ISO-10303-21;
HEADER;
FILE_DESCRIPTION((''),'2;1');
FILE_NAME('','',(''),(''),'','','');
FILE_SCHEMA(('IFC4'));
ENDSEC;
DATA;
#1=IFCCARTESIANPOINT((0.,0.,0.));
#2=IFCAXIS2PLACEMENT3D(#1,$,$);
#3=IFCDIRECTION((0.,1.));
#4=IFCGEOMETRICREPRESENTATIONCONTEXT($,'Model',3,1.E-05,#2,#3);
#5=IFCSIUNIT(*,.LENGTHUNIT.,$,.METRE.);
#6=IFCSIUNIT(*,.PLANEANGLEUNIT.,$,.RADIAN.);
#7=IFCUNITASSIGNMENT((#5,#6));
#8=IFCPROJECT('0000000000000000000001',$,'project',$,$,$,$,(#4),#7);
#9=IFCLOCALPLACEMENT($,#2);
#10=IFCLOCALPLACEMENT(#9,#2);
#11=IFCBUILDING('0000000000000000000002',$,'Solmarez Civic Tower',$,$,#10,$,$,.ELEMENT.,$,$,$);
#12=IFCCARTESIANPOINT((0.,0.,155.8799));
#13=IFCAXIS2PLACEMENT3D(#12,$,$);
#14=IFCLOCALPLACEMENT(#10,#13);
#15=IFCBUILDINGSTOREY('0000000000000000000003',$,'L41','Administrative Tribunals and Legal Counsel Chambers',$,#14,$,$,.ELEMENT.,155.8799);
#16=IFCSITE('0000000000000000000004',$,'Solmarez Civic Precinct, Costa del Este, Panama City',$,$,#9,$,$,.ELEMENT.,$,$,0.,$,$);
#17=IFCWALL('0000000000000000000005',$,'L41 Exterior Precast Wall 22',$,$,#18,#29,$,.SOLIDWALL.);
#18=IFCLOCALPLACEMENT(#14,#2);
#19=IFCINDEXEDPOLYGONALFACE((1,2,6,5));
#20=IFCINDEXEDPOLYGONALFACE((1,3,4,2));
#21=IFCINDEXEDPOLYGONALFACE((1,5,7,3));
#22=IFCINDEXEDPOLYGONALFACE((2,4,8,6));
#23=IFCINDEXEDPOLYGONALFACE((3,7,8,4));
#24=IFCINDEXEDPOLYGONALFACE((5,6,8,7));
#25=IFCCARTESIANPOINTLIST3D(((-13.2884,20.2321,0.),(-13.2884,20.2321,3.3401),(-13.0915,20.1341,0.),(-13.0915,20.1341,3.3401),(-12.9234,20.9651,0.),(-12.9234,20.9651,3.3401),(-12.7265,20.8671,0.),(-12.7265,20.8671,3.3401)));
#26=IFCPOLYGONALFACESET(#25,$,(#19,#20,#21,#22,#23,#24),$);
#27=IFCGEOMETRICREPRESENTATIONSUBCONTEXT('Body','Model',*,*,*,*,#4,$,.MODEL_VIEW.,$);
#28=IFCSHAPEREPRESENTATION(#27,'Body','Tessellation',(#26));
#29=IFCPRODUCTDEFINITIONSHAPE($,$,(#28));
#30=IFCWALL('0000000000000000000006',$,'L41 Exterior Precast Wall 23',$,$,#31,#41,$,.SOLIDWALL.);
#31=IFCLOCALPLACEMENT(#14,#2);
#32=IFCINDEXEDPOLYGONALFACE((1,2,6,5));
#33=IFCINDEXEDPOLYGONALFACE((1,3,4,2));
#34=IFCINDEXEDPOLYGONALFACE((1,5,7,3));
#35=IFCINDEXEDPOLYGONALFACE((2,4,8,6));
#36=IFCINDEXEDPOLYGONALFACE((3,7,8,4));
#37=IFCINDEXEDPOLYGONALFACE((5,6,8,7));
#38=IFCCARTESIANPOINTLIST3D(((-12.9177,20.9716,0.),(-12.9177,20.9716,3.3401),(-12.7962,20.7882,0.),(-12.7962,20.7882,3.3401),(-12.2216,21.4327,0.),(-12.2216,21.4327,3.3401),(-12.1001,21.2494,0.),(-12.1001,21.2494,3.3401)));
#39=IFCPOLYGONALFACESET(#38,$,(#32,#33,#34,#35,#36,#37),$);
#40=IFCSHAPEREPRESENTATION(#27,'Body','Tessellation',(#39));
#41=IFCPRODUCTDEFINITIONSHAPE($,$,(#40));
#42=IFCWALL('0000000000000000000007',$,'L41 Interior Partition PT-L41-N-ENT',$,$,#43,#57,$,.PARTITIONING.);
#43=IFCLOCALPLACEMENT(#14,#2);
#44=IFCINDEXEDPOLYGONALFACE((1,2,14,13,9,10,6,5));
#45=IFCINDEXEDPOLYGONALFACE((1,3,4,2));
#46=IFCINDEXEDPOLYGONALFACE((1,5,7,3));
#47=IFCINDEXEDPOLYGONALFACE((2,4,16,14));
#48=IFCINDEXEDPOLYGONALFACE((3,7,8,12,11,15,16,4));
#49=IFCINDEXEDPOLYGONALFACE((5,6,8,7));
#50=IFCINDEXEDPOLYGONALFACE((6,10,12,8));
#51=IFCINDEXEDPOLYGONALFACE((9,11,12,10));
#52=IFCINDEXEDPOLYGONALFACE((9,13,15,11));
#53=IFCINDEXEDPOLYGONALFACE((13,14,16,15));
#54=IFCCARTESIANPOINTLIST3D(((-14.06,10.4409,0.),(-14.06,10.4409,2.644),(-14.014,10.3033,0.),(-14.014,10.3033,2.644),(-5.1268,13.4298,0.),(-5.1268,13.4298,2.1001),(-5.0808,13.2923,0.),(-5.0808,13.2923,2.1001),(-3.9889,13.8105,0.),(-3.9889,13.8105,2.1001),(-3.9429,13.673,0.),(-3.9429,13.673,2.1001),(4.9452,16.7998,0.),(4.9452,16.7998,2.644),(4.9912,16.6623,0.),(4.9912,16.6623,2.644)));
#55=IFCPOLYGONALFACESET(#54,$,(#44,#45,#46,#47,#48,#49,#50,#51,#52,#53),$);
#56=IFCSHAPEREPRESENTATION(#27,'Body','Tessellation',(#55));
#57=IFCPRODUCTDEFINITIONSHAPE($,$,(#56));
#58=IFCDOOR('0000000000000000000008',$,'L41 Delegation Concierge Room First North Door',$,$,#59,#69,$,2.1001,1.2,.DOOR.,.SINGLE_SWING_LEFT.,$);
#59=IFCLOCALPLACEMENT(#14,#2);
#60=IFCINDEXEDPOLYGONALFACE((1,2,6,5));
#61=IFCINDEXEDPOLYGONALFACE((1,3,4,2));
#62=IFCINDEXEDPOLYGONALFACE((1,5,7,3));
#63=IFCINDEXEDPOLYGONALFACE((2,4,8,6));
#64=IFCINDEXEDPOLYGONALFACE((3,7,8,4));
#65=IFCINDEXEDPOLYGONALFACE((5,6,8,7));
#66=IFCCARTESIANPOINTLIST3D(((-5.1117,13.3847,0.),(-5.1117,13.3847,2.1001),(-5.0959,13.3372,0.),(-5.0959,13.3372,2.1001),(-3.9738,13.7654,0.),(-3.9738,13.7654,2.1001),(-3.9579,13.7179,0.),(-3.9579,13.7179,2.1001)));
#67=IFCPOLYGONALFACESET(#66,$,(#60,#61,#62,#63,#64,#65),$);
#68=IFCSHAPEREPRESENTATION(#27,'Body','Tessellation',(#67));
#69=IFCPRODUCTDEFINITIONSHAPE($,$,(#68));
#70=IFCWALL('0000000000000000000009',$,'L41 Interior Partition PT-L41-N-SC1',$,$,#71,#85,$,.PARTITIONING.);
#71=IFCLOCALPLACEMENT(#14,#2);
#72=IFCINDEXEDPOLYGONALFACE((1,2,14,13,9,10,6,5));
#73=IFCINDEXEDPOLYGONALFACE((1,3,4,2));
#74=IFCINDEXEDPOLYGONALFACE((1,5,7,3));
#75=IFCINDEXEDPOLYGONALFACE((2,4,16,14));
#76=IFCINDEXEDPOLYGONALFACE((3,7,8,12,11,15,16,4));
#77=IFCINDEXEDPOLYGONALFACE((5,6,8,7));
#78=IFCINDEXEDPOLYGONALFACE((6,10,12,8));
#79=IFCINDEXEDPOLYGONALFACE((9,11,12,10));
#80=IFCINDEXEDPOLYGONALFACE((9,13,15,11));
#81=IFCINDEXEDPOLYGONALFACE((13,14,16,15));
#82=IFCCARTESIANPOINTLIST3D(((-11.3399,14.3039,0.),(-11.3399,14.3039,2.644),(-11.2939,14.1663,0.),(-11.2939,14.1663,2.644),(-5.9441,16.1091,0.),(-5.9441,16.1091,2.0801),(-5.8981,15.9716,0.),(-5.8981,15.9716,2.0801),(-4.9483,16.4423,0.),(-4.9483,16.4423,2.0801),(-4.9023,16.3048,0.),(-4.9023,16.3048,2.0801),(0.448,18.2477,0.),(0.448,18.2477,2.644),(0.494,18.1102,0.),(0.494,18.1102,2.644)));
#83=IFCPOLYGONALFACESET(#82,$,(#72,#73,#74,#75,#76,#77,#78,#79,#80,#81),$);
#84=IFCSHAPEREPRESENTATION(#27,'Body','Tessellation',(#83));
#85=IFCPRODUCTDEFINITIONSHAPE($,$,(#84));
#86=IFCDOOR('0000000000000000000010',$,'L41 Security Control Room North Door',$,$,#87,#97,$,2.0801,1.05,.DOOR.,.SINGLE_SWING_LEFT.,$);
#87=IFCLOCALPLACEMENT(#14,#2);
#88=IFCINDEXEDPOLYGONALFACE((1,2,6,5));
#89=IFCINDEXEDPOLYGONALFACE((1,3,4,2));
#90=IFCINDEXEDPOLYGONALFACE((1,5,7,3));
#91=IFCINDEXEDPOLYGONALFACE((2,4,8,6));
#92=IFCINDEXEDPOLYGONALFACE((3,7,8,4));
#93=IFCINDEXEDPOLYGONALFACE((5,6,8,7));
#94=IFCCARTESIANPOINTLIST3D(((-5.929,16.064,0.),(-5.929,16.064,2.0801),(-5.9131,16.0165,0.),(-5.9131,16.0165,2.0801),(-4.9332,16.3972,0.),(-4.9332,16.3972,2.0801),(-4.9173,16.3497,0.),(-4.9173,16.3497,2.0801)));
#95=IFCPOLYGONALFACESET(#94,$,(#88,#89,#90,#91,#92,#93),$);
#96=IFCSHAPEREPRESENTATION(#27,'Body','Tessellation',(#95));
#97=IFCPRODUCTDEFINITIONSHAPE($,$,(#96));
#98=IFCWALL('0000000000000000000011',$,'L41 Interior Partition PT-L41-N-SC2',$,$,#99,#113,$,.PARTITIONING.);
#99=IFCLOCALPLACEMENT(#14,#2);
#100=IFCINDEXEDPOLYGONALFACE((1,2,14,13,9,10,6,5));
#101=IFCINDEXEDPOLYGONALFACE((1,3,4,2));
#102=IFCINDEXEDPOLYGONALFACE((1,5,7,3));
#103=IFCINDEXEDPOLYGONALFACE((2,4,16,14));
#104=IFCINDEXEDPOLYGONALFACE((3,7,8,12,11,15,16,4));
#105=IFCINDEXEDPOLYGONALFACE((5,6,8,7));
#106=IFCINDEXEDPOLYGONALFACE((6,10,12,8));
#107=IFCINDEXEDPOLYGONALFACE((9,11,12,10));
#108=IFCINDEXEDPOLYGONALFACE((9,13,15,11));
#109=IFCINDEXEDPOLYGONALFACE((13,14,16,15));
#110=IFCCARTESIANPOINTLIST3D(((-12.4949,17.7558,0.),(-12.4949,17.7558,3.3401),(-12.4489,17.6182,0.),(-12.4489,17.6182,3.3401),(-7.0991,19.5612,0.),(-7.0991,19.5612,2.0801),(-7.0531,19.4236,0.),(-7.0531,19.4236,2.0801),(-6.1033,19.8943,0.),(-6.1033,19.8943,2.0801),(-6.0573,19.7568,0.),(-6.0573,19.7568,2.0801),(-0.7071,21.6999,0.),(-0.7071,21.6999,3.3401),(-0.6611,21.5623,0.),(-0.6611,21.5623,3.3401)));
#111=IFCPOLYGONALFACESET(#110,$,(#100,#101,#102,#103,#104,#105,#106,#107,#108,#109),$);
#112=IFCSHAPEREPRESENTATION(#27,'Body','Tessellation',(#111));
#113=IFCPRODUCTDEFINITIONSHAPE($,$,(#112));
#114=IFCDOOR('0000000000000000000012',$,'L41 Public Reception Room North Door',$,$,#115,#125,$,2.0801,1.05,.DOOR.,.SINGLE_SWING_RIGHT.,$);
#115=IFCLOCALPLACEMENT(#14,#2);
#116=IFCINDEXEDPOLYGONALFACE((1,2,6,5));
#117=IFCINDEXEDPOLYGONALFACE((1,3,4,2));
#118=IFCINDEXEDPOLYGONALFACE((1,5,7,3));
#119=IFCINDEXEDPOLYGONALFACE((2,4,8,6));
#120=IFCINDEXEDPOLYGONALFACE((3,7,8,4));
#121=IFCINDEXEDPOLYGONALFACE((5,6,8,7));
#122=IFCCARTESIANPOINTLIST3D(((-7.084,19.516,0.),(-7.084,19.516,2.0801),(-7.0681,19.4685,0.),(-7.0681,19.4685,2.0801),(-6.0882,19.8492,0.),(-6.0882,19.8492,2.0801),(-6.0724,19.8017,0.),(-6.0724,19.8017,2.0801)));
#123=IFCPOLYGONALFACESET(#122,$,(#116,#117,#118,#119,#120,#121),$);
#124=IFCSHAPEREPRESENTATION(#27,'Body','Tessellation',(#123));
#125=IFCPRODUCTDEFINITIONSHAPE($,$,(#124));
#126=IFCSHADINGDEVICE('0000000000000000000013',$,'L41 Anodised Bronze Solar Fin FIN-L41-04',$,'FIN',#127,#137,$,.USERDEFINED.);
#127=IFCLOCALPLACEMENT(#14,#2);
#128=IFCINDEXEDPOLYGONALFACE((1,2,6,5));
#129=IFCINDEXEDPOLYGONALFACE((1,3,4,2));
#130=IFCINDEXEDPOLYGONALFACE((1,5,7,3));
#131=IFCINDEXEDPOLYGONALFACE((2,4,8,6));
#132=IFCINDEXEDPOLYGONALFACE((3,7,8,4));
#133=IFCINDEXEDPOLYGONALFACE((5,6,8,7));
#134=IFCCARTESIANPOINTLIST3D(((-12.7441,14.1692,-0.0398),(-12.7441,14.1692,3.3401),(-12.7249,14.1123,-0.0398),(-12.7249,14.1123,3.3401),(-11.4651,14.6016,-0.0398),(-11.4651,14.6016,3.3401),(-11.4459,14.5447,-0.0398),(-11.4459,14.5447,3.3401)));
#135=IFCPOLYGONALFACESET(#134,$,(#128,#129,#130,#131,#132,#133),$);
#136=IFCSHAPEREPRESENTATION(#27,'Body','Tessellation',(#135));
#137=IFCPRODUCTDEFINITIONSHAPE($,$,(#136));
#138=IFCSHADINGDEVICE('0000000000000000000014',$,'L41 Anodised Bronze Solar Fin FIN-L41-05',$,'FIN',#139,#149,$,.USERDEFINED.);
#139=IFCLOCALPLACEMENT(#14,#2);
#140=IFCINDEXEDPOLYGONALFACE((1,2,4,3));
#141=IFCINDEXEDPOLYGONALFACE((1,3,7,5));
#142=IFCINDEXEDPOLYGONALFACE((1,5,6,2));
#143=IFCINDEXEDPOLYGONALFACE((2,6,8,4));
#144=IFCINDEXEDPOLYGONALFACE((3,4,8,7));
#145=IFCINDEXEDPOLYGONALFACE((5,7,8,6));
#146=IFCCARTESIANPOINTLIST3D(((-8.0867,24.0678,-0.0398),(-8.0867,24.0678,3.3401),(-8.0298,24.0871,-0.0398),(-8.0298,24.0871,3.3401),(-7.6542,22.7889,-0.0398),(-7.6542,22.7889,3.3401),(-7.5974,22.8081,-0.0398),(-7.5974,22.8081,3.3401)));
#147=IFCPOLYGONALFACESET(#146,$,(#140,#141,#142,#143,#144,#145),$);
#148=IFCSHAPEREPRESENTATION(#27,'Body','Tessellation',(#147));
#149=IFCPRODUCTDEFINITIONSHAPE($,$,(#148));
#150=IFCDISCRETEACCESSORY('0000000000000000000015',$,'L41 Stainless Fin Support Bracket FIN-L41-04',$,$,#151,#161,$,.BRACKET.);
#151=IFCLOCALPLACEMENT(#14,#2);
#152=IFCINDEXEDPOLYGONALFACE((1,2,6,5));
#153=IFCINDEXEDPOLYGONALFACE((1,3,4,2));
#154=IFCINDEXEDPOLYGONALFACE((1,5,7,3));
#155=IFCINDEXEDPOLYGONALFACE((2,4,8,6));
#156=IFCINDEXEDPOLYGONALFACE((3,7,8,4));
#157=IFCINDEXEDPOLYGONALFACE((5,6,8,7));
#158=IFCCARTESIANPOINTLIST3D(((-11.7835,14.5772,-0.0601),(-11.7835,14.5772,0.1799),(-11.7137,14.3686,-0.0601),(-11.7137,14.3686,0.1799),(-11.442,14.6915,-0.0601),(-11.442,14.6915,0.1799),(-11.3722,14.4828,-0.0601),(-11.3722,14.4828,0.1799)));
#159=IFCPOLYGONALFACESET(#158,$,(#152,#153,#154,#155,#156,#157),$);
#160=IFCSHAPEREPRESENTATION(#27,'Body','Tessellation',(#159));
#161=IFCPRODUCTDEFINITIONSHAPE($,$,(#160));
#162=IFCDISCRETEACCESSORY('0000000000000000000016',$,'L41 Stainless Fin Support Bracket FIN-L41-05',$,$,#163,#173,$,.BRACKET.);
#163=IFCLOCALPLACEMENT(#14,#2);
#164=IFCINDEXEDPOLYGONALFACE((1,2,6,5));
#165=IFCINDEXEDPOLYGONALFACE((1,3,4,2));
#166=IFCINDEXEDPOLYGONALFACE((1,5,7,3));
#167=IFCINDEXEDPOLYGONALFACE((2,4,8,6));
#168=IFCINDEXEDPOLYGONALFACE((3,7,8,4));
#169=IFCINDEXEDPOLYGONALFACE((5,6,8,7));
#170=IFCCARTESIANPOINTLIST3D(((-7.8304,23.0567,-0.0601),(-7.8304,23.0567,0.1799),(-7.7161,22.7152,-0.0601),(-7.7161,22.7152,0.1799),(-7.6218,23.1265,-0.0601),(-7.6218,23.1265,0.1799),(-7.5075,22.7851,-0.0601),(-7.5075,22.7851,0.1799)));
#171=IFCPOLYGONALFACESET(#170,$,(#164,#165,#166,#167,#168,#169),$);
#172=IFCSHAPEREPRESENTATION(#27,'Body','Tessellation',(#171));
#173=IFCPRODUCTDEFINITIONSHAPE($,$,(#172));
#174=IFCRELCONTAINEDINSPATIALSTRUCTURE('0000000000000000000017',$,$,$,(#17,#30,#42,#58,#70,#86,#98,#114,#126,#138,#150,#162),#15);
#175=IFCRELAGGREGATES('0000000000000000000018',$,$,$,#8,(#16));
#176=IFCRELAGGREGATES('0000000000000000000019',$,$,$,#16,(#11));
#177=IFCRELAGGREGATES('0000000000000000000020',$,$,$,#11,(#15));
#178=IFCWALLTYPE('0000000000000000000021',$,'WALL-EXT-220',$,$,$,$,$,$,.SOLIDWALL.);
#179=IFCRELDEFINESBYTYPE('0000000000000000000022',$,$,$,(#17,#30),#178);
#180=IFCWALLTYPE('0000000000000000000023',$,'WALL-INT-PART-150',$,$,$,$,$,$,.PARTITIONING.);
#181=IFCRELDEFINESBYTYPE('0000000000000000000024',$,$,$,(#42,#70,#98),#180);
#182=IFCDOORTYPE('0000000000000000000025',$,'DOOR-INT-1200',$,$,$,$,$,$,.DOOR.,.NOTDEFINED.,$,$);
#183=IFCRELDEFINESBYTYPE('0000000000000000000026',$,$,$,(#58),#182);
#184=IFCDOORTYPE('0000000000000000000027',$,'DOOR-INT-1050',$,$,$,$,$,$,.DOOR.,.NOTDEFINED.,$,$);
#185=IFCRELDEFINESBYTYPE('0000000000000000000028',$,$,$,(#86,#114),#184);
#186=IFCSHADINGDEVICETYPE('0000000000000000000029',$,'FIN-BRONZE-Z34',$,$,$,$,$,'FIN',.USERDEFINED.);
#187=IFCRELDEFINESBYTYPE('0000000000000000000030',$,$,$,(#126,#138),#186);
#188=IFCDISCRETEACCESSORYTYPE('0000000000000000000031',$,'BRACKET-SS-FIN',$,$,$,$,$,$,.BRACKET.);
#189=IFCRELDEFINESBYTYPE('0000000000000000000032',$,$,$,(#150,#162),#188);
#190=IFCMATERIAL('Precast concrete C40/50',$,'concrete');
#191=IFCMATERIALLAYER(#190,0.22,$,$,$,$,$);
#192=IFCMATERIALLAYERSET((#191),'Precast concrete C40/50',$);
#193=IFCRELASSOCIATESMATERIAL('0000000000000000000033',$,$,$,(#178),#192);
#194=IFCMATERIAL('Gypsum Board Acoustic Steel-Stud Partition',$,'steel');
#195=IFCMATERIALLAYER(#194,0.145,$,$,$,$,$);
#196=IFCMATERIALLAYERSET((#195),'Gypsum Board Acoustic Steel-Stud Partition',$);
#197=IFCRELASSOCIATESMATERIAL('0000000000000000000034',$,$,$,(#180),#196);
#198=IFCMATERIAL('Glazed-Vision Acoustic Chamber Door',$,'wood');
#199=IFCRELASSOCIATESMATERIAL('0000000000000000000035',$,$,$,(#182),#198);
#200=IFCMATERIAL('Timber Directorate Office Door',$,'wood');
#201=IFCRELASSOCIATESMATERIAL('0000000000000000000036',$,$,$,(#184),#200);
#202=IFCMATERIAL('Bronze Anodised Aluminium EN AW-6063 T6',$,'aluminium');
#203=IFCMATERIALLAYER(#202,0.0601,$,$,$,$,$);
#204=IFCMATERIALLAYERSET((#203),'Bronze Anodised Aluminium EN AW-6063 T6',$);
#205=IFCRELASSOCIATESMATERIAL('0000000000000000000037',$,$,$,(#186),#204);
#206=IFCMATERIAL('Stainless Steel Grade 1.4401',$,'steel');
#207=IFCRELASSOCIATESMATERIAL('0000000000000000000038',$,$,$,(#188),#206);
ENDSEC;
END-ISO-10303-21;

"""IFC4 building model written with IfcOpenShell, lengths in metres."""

from ifc_helpers import new_model, si_unit, direction, frame, frame_2d, origin, origin_2d, place, context, subcontext, project, spatial, rectangle, extrude, material, layer, layer_set, type_object, element, fill, save


model = new_model("IFC4")

# Units and contexts
model_context = context("Model", 3, precision=1e-05, world=origin(), true_north=direction((0.0, 1.0)))
body_context = subcontext(model_context, "Body", "Model", "MODEL_VIEW")
ifc_project = project(units=[si_unit("LENGTHUNIT", "METRE"), si_unit("PLANEANGLEUNIT", "RADIAN")], contexts=[model_context])

# Site, building, storey
site_placement = place(None, origin())
site = spatial("IfcSite", under=ifc_project, at=site_placement, Name="Solmarez Civic Precinct, Costa del Este, Panama City", CompositionType="ELEMENT", RefElevation=0.0)
building_placement = place(site_placement, origin())
building = spatial("IfcBuilding", under=site, at=building_placement, Name="Solmarez Civic Tower", CompositionType="ELEMENT")
storey_placement = place(building_placement, frame((0.0, 0.0, 155.8799)))
storey = spatial("IfcBuildingStorey", under=building, at=storey_placement, Name="L41", Description="Administrative Tribunals and Legal Counsel Chambers", CompositionType="ELEMENT", Elevation=155.8799)

# Shared definitions
ifc_material_1 = material(Name="Bronze Anodised Aluminium EN AW-6063 T6", Category="aluminium")

# Shared definitions
ifc_material_2 = material(Name="Precast concrete C40/50", Category="concrete")
ifc_layer_1 = layer(ifc_material_2, 0.22)
ifc_layer_set_1 = layer_set([ifc_layer_1], Name="Precast concrete C40/50")
wall_type_1 = type_object("IfcWallType", Name="WALL-EXT-220", PredefinedType="SOLIDWALL", material=ifc_layer_set_1)

# Walls
wall_1_placement = place(storey_placement, frame((-13.1899, 20.1831, 0.0), z_axis=(0.0, 0.0, 1.0), x_axis=(0.445782, 0.895142, 0.0)))
element("IfcWall", 1, at=wall_1_placement, inside=storey, type_object=wall_type_1, Name="L41 Exterior Precast Wall 22", PredefinedType="SOLIDWALL", context=body_context, shape_type="SweptSolid", body=[
    extrude(rectangle(XDim=0.8188, YDim=0.22, at=frame_2d((0.4094, 0.0))), origin(), (0.0, 0.0, 1.0), 3.3401),
])
wall_2_placement = place(storey_placement, frame((-12.8569, 20.8799, 0.0), z_axis=(0.0, 0.0, 1.0), x_axis=(0.833621, 0.552336, 0.0)))
element("IfcWall", 2, at=wall_2_placement, inside=storey, type_object=wall_type_1, Name="L41 Exterior Precast Wall 23", PredefinedType="SOLIDWALL", context=body_context, shape_type="SweptSolid", body=[
    extrude(rectangle(XDim=0.835, YDim=0.22, at=frame_2d((0.4175, 0.0))), origin(), (0.0, 0.0, 1.0), 3.3401),
])

# Walls, openings, doors
ifc_material_3 = material(Name="Gypsum Board Acoustic Steel-Stud Partition", Category="steel")
ifc_layer_2 = layer(ifc_material_3, 0.145)
ifc_layer_set_2 = layer_set([ifc_layer_2], Name="Gypsum Board Acoustic Steel-Stud Partition")
wall_type_2 = type_object("IfcWallType", Name="WALL-INT-PART-150", PredefinedType="PARTITIONING", material=ifc_layer_set_2)
wall_3_placement = place(storey_placement, frame((-14.0371, 10.3721, 0.0), z_axis=(0.0, 0.0, 1.0), x_axis=(0.948326, 0.317298, 0.0)))
wall_3 = element("IfcWall", 3, at=wall_3_placement, inside=storey, type_object=wall_type_2, Name="L41 Interior Partition PT-L41-N-ENT", PredefinedType="PARTITIONING", context=body_context, shape_type="SweptSolid", body=[
    extrude(rectangle(XDim=20.0408, YDim=0.145, at=frame_2d((10.0205, 0.0))), origin(), (0.0, 0.0, 1.0), 2.644),
])
opening_1_placement = place(wall_3_placement, frame((9.4199, 0.0, 0.0)))
opening_1 = element("IfcOpeningElement", 4, at=opening_1_placement, cuts=wall_3, PredefinedType="OPENING", context=body_context, shape_type="SweptSolid", body=[
    extrude(rectangle(XDim=1.2, YDim=2.1001, at=frame_2d((0.6001, 1.05))), frame((0.0, 0.0825, 0.0), z_axis=(0.0, -1.0, 0.0), x_axis=(1.0, 0.0, 0.0)), (0.0, 0.0, 1.0), 0.165),
])
ifc_material_4 = material(Name="Glazed-Vision Acoustic Chamber Door", Category="wood")
door_type_1 = type_object("IfcDoorType", Name="DOOR-INT-1200", OperationType="NOTDEFINED", PredefinedType="DOOR", material=ifc_material_4)
door_1_placement = place(opening_1_placement, origin())
door_1 = element("IfcDoor", 5, at=door_1_placement, inside=storey, type_object=door_type_1, Name="L41 Delegation Concierge Room First North Door", OperationType="SINGLE_SWING_LEFT", OverallHeight=2.1001, OverallWidth=1.2, PredefinedType="DOOR", context=body_context, shape_type="SweptSolid", body=[
    extrude(rectangle(XDim=1.2, YDim=2.1001, at=frame_2d((0.6001, 1.05))), frame((0.0, 0.0249, 0.0), z_axis=(0.0, -1.0, 0.0), x_axis=(1.0, 0.0, 0.0)), (0.0, 0.0, 1.0), 0.05),
])
fill(opening_1, door_1)
wall_4_placement = place(storey_placement, frame((-11.3169, 14.2351, 0.0), z_axis=(0.0, 0.0, 1.0), x_axis=(0.948331, 0.317282, 0.0)))
wall_4 = element("IfcWall", 6, at=wall_4_placement, inside=storey, type_object=wall_type_2, Name="L41 Interior Partition PT-L41-N-SC1", PredefinedType="PARTITIONING", context=body_context, shape_type="SweptSolid", body=[
    extrude(rectangle(XDim=12.4302, YDim=0.145, at=frame_2d((6.2151, 0.0))), origin(), (0.0, 0.0, 1.0), 2.644),
])
opening_2_placement = place(wall_4_placement, frame((5.6899, 0.0, 0.0)))
opening_2 = element("IfcOpeningElement", 7, at=opening_2_placement, cuts=wall_4, PredefinedType="OPENING", context=body_context, shape_type="SweptSolid", body=[
    extrude(rectangle(XDim=1.05, YDim=2.0801, at=frame_2d((0.5249, 1.04))), frame((0.0, 0.0825, 0.0), z_axis=(0.0, -1.0, 0.0), x_axis=(1.0, 0.0, 0.0)), (0.0, 0.0, 1.0), 0.165),
])
ifc_material_5 = material(Name="Timber Directorate Office Door", Category="wood")
door_type_2 = type_object("IfcDoorType", Name="DOOR-INT-1050", OperationType="NOTDEFINED", PredefinedType="DOOR", material=ifc_material_5)
door_2_placement = place(opening_2_placement, origin())
door_2 = element("IfcDoor", 8, at=door_2_placement, inside=storey, type_object=door_type_2, Name="L41 Security Control Room North Door", OperationType="SINGLE_SWING_LEFT", OverallHeight=2.0801, OverallWidth=1.05, PredefinedType="DOOR", context=body_context, shape_type="SweptSolid", body=[
    extrude(rectangle(XDim=1.05, YDim=2.0801, at=frame_2d((0.5249, 1.04))), frame((0.0, 0.0249, 0.0), z_axis=(0.0, -1.0, 0.0), x_axis=(1.0, 0.0, 0.0)), (0.0, 0.0, 1.0), 0.05),
])
fill(opening_2, door_2)
wall_5_placement = place(storey_placement, frame((-12.4719, 17.687, 0.0), z_axis=(0.0, 0.0, 1.0), x_axis=(0.948325, 0.3173, 0.0)))
wall_5 = element("IfcWall", 9, at=wall_5_placement, inside=storey, type_object=wall_type_2, Name="L41 Interior Partition PT-L41-N-SC2", PredefinedType="PARTITIONING", context=body_context, shape_type="SweptSolid", body=[
    extrude(rectangle(XDim=12.4302, YDim=0.145, at=frame_2d((6.2151, 0.0))), origin(), (0.0, 0.0, 1.0), 3.3401),
])
opening_3_placement = place(wall_5_placement, frame((5.6899, 0.0, 0.0)))
opening_3 = element("IfcOpeningElement", 10, at=opening_3_placement, cuts=wall_5, PredefinedType="OPENING", context=body_context, shape_type="SweptSolid", body=[
    extrude(rectangle(XDim=1.05, YDim=2.0801, at=frame_2d((0.5249, 1.04))), frame((0.0, 0.0825, 0.0), z_axis=(0.0, -1.0, 0.0), x_axis=(1.0, 0.0, 0.0)), (0.0, 0.0, 1.0), 0.165),
])
door_3_placement = place(opening_3_placement, origin())
door_3 = element("IfcDoor", 11, at=door_3_placement, inside=storey, type_object=door_type_2, Name="L41 Public Reception Room North Door", OperationType="SINGLE_SWING_RIGHT", OverallHeight=2.0801, OverallWidth=1.05, PredefinedType="DOOR", context=body_context, shape_type="SweptSolid", body=[
    extrude(rectangle(XDim=1.05, YDim=2.0801, at=frame_2d((0.5249, 1.04))), frame((0.0, 0.0249, 0.0), z_axis=(0.0, -1.0, 0.0), x_axis=(1.0, 0.0, 0.0)), (0.0, 0.0, 1.0), 0.05),
])
fill(opening_3, door_3)

# Shading devices
ifc_layer_3 = layer(ifc_material_1, 0.0601)
ifc_layer_set_3 = layer_set([ifc_layer_3], Name="Bronze Anodised Aluminium EN AW-6063 T6")
shading_device_type = type_object("IfcShadingDeviceType", Name="FIN-BRONZE-Z34", ElementType="FIN", PredefinedType="USERDEFINED", material=ifc_layer_set_3)
for number, where, z_axis, x_axis, name in (
    (12, (-12.095, 14.3569, -0.0398), (0.0, 0.0, 1.0), (-0.947339, -0.320233, 0.0), "L41 Anodised Bronze Solar Fin FIN-L41-04"),
    (13, (-7.842, 23.438, -0.0398), (0.0, 0.0, 1.0), (-0.320332, 0.947305, 0.0), "L41 Anodised Bronze Solar Fin FIN-L41-05"),
):
    element("IfcShadingDevice", number, at=place(storey_placement, frame(where, z_axis=z_axis, x_axis=x_axis)), inside=storey, type_object=shading_device_type, Name=name, ObjectType="FIN", PredefinedType="USERDEFINED", context=body_context, shape_type="SweptSolid", body=[
        extrude(rectangle(XDim=1.3501, YDim=0.0601, at=origin_2d()), origin(), (0.0, 0.0, 1.0), 3.3799),
    ])

# Discrete accessories
ifc_material_6 = material(Name="Stainless Steel Grade 1.4401", Category="steel")
discrete_accessory_type = type_object("IfcDiscreteAccessoryType", Name="BRACKET-SS-FIN", PredefinedType="BRACKET", material=ifc_material_6)
for number, where, z_axis, x_axis, name in (
    (14, (-11.5779, 14.53, -0.0601), (0.0, 0.0, 1.0), (-0.948351, -0.317222, 0.0), "L41 Stainless Fin Support Bracket FIN-L41-04"),
    (15, (-7.6689, 22.9209, -0.0601), (0.0, 0.0, 1.0), (-0.317325, 0.948317, 0.0), "L41 Stainless Fin Support Bracket FIN-L41-05"),
):
    element("IfcDiscreteAccessory", number, at=place(storey_placement, frame(where, z_axis=z_axis, x_axis=x_axis)), inside=storey, type_object=discrete_accessory_type, Name=name, PredefinedType="BRACKET", context=body_context, shape_type="SweptSolid", body=[
        extrude(rectangle(XDim=0.3601, YDim=0.22, at=origin_2d()), origin(), (0.0, 0.0, 1.0), 0.24),
    ])

save(model, "model.ifc")
